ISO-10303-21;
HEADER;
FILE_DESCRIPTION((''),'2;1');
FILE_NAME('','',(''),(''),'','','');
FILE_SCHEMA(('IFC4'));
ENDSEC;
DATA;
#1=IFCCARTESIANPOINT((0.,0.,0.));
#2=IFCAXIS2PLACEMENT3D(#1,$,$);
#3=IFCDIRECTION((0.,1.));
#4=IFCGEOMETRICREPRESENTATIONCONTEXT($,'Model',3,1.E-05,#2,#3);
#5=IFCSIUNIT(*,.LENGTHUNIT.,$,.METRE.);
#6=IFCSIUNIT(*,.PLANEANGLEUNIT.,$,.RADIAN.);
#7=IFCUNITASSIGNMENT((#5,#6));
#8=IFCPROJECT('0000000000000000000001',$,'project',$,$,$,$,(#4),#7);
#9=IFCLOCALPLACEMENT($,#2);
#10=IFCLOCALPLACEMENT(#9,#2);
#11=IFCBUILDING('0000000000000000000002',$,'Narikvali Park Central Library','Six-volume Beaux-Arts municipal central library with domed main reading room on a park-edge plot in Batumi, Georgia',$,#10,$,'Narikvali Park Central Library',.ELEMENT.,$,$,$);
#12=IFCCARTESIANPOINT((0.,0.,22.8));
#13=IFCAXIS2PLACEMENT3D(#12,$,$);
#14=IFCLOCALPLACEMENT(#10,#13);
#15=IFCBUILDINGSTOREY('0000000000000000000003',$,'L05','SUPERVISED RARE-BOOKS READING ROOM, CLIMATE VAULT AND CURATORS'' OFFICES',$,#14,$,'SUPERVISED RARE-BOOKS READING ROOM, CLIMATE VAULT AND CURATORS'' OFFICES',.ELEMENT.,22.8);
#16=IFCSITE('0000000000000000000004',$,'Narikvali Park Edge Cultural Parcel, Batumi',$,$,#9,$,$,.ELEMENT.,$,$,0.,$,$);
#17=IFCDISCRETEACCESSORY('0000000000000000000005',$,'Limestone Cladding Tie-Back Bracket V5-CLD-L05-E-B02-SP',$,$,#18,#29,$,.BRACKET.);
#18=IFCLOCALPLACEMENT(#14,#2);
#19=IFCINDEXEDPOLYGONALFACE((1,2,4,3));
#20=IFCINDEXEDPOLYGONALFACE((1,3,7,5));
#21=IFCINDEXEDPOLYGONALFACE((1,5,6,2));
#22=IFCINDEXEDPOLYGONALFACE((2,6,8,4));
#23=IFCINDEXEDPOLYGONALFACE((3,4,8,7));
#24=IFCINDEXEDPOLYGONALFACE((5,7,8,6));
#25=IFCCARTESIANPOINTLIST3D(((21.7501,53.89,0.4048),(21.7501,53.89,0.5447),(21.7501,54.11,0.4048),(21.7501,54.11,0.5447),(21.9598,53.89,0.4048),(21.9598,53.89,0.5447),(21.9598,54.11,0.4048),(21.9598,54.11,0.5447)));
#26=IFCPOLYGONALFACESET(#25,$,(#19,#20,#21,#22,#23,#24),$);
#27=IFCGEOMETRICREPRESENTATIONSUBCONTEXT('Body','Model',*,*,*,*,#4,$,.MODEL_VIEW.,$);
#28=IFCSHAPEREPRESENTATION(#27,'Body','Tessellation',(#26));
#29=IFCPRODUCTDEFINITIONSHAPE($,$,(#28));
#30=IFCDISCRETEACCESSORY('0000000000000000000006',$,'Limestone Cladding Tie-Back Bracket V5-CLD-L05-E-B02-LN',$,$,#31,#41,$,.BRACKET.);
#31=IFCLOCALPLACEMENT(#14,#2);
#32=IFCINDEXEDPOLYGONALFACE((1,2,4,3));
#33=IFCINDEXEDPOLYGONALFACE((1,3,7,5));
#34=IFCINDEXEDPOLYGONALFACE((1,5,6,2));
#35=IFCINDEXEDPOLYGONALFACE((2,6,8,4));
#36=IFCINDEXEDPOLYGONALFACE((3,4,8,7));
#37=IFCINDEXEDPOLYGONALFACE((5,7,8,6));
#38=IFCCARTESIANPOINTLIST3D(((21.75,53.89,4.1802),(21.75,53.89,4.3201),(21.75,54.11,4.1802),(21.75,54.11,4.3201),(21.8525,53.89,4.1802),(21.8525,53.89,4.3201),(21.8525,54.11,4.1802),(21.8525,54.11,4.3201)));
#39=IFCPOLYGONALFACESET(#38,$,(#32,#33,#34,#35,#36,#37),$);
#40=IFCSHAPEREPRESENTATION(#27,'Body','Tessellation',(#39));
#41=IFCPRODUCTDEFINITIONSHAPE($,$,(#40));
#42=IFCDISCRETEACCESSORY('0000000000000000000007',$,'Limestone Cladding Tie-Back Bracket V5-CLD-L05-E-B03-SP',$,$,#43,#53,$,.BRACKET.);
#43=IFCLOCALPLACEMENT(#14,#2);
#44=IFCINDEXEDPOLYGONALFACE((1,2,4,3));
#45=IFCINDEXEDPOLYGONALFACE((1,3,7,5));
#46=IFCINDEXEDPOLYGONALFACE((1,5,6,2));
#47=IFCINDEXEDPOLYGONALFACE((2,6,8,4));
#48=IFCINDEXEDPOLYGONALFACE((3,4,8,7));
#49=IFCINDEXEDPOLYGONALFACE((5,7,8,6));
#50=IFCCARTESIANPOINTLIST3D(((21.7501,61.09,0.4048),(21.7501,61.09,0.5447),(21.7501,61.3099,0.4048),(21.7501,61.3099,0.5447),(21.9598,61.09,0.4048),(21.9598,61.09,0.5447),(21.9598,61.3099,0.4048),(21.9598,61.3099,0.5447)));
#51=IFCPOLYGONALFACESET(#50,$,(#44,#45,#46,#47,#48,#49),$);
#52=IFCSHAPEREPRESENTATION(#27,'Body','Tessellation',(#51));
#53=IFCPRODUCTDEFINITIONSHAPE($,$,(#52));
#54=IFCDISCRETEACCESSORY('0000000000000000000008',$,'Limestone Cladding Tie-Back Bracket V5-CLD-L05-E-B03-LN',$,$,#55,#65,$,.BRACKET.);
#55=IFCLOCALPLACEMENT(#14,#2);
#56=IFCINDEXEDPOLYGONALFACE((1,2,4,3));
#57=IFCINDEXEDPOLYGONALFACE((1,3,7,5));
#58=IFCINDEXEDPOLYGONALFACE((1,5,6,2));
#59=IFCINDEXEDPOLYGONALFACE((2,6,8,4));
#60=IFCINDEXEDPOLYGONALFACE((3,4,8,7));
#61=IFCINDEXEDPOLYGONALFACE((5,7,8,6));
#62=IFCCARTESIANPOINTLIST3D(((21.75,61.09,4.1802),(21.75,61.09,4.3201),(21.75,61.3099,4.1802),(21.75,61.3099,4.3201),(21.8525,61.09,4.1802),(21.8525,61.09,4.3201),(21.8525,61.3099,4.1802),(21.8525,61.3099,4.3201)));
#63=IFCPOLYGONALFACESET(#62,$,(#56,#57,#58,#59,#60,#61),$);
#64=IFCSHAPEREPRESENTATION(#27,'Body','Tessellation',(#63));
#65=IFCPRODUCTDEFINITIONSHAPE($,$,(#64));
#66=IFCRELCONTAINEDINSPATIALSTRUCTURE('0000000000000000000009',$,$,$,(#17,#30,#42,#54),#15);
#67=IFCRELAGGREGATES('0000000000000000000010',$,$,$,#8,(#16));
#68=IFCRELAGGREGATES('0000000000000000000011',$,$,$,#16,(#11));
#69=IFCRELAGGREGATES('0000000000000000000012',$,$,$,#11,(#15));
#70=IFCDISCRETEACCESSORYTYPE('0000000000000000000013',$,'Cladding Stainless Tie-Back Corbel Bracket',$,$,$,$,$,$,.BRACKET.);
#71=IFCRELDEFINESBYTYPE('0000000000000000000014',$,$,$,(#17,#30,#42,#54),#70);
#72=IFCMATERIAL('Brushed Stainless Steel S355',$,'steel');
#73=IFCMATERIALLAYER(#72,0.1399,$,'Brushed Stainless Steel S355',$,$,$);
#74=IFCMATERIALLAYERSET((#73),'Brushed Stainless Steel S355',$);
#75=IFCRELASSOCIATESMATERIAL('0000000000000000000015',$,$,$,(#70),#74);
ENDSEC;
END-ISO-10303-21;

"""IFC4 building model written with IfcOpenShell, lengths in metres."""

from ifc_helpers import new_model, si_unit, direction, frame, origin, origin_2d, place, context, subcontext, project, spatial, rectangle, extrude, material, layer, layer_set, type_object, element, save


model = new_model("IFC4")

# Units and contexts
model_context = context("Model", 3, precision=1e-05, world=origin(), true_north=direction((0.0, 1.0)))
body_context = subcontext(model_context, "Body", "Model", "MODEL_VIEW")
ifc_project = project(units=[si_unit("LENGTHUNIT", "METRE"), si_unit("PLANEANGLEUNIT", "RADIAN")], contexts=[model_context])

# Site, building, storey
site_placement = place(None, origin())
site = spatial("IfcSite", under=ifc_project, at=site_placement, Name="Narikvali Park Edge Cultural Parcel, Batumi", CompositionType="ELEMENT", RefElevation=0.0)
building_placement = place(site_placement, origin())
building = spatial("IfcBuilding", under=site, at=building_placement, Name="Narikvali Park Central Library", Description="Six-volume Beaux-Arts municipal central library with domed main reading room on a park-edge plot in Batumi, Georgia", LongName="Narikvali Park Central Library", CompositionType="ELEMENT")
storey_placement = place(building_placement, frame((0.0, 0.0, 22.8)))
storey = spatial("IfcBuildingStorey", under=building, at=storey_placement, Name="L05", Description="SUPERVISED RARE-BOOKS READING ROOM, CLIMATE VAULT AND CURATORS' OFFICES", LongName="SUPERVISED RARE-BOOKS READING ROOM, CLIMATE VAULT AND CURATORS' OFFICES", CompositionType="ELEMENT", Elevation=22.8)

# Discrete accessories
ifc_material_1 = material(Name="Brushed Stainless Steel S355", Category="steel")
ifc_layer_1 = layer(ifc_material_1, 0.1399, Name="Brushed Stainless Steel S355")
ifc_layer_set_1 = layer_set([ifc_layer_1], Name="Brushed Stainless Steel S355")
discrete_accessory_type = type_object("IfcDiscreteAccessoryType", Name="Cladding Stainless Tie-Back Corbel Bracket", PredefinedType="BRACKET", material=ifc_layer_set_1)
discrete_accessory_1_placement = place(storey_placement, frame((21.855, 54.0, 0.4048), z_axis=(0.0, 0.0, 1.0), x_axis=(1.0, 0.0, 0.0)))
element("IfcDiscreteAccessory", 1, at=discrete_accessory_1_placement, inside=storey, type_object=discrete_accessory_type, Name="Limestone Cladding Tie-Back Bracket V5-CLD-L05-E-B02-SP", PredefinedType="BRACKET", context=body_context, shape_type="SweptSolid", body=[
    extrude(rectangle(XDim=0.2097, YDim=0.22, at=origin_2d()), origin(), (0.0, 0.0, 1.0), 0.1399),
])
discrete_accessory_2_placement = place(storey_placement, frame((21.8013, 54.0, 4.1802), z_axis=(0.0, 0.0, 1.0), x_axis=(1.0, 0.0, 0.0)))
element("IfcDiscreteAccessory", 2, at=discrete_accessory_2_placement, inside=storey, type_object=discrete_accessory_type, Name="Limestone Cladding Tie-Back Bracket V5-CLD-L05-E-B02-LN", PredefinedType="BRACKET", context=body_context, shape_type="SweptSolid", body=[
    extrude(rectangle(XDim=0.1025, YDim=0.22, at=origin_2d()), origin(), (0.0, 0.0, 1.0), 0.1399),
])
discrete_accessory_3_placement = place(storey_placement, frame((21.855, 61.2, 0.4048), z_axis=(0.0, 0.0, 1.0), x_axis=(1.0, 0.0, 0.0)))
element("IfcDiscreteAccessory", 3, at=discrete_accessory_3_placement, inside=storey, type_object=discrete_accessory_type, Name="Limestone Cladding Tie-Back Bracket V5-CLD-L05-E-B03-SP", PredefinedType="BRACKET", context=body_context, shape_type="SweptSolid", body=[
    extrude(rectangle(XDim=0.2097, YDim=0.22, at=origin_2d()), origin(), (0.0, 0.0, 1.0), 0.1399),
])
discrete_accessory_4_placement = place(storey_placement, frame((21.8013, 61.2, 4.1802), z_axis=(0.0, 0.0, 1.0), x_axis=(1.0, 0.0, 0.0)))
element("IfcDiscreteAccessory", 4, at=discrete_accessory_4_placement, inside=storey, type_object=discrete_accessory_type, Name="Limestone Cladding Tie-Back Bracket V5-CLD-L05-E-B03-LN", PredefinedType="BRACKET", context=body_context, shape_type="SweptSolid", body=[
    extrude(rectangle(XDim=0.1025, YDim=0.22, at=origin_2d()), origin(), (0.0, 0.0, 1.0), 0.1399),
])

save(model, "model.ifc")
